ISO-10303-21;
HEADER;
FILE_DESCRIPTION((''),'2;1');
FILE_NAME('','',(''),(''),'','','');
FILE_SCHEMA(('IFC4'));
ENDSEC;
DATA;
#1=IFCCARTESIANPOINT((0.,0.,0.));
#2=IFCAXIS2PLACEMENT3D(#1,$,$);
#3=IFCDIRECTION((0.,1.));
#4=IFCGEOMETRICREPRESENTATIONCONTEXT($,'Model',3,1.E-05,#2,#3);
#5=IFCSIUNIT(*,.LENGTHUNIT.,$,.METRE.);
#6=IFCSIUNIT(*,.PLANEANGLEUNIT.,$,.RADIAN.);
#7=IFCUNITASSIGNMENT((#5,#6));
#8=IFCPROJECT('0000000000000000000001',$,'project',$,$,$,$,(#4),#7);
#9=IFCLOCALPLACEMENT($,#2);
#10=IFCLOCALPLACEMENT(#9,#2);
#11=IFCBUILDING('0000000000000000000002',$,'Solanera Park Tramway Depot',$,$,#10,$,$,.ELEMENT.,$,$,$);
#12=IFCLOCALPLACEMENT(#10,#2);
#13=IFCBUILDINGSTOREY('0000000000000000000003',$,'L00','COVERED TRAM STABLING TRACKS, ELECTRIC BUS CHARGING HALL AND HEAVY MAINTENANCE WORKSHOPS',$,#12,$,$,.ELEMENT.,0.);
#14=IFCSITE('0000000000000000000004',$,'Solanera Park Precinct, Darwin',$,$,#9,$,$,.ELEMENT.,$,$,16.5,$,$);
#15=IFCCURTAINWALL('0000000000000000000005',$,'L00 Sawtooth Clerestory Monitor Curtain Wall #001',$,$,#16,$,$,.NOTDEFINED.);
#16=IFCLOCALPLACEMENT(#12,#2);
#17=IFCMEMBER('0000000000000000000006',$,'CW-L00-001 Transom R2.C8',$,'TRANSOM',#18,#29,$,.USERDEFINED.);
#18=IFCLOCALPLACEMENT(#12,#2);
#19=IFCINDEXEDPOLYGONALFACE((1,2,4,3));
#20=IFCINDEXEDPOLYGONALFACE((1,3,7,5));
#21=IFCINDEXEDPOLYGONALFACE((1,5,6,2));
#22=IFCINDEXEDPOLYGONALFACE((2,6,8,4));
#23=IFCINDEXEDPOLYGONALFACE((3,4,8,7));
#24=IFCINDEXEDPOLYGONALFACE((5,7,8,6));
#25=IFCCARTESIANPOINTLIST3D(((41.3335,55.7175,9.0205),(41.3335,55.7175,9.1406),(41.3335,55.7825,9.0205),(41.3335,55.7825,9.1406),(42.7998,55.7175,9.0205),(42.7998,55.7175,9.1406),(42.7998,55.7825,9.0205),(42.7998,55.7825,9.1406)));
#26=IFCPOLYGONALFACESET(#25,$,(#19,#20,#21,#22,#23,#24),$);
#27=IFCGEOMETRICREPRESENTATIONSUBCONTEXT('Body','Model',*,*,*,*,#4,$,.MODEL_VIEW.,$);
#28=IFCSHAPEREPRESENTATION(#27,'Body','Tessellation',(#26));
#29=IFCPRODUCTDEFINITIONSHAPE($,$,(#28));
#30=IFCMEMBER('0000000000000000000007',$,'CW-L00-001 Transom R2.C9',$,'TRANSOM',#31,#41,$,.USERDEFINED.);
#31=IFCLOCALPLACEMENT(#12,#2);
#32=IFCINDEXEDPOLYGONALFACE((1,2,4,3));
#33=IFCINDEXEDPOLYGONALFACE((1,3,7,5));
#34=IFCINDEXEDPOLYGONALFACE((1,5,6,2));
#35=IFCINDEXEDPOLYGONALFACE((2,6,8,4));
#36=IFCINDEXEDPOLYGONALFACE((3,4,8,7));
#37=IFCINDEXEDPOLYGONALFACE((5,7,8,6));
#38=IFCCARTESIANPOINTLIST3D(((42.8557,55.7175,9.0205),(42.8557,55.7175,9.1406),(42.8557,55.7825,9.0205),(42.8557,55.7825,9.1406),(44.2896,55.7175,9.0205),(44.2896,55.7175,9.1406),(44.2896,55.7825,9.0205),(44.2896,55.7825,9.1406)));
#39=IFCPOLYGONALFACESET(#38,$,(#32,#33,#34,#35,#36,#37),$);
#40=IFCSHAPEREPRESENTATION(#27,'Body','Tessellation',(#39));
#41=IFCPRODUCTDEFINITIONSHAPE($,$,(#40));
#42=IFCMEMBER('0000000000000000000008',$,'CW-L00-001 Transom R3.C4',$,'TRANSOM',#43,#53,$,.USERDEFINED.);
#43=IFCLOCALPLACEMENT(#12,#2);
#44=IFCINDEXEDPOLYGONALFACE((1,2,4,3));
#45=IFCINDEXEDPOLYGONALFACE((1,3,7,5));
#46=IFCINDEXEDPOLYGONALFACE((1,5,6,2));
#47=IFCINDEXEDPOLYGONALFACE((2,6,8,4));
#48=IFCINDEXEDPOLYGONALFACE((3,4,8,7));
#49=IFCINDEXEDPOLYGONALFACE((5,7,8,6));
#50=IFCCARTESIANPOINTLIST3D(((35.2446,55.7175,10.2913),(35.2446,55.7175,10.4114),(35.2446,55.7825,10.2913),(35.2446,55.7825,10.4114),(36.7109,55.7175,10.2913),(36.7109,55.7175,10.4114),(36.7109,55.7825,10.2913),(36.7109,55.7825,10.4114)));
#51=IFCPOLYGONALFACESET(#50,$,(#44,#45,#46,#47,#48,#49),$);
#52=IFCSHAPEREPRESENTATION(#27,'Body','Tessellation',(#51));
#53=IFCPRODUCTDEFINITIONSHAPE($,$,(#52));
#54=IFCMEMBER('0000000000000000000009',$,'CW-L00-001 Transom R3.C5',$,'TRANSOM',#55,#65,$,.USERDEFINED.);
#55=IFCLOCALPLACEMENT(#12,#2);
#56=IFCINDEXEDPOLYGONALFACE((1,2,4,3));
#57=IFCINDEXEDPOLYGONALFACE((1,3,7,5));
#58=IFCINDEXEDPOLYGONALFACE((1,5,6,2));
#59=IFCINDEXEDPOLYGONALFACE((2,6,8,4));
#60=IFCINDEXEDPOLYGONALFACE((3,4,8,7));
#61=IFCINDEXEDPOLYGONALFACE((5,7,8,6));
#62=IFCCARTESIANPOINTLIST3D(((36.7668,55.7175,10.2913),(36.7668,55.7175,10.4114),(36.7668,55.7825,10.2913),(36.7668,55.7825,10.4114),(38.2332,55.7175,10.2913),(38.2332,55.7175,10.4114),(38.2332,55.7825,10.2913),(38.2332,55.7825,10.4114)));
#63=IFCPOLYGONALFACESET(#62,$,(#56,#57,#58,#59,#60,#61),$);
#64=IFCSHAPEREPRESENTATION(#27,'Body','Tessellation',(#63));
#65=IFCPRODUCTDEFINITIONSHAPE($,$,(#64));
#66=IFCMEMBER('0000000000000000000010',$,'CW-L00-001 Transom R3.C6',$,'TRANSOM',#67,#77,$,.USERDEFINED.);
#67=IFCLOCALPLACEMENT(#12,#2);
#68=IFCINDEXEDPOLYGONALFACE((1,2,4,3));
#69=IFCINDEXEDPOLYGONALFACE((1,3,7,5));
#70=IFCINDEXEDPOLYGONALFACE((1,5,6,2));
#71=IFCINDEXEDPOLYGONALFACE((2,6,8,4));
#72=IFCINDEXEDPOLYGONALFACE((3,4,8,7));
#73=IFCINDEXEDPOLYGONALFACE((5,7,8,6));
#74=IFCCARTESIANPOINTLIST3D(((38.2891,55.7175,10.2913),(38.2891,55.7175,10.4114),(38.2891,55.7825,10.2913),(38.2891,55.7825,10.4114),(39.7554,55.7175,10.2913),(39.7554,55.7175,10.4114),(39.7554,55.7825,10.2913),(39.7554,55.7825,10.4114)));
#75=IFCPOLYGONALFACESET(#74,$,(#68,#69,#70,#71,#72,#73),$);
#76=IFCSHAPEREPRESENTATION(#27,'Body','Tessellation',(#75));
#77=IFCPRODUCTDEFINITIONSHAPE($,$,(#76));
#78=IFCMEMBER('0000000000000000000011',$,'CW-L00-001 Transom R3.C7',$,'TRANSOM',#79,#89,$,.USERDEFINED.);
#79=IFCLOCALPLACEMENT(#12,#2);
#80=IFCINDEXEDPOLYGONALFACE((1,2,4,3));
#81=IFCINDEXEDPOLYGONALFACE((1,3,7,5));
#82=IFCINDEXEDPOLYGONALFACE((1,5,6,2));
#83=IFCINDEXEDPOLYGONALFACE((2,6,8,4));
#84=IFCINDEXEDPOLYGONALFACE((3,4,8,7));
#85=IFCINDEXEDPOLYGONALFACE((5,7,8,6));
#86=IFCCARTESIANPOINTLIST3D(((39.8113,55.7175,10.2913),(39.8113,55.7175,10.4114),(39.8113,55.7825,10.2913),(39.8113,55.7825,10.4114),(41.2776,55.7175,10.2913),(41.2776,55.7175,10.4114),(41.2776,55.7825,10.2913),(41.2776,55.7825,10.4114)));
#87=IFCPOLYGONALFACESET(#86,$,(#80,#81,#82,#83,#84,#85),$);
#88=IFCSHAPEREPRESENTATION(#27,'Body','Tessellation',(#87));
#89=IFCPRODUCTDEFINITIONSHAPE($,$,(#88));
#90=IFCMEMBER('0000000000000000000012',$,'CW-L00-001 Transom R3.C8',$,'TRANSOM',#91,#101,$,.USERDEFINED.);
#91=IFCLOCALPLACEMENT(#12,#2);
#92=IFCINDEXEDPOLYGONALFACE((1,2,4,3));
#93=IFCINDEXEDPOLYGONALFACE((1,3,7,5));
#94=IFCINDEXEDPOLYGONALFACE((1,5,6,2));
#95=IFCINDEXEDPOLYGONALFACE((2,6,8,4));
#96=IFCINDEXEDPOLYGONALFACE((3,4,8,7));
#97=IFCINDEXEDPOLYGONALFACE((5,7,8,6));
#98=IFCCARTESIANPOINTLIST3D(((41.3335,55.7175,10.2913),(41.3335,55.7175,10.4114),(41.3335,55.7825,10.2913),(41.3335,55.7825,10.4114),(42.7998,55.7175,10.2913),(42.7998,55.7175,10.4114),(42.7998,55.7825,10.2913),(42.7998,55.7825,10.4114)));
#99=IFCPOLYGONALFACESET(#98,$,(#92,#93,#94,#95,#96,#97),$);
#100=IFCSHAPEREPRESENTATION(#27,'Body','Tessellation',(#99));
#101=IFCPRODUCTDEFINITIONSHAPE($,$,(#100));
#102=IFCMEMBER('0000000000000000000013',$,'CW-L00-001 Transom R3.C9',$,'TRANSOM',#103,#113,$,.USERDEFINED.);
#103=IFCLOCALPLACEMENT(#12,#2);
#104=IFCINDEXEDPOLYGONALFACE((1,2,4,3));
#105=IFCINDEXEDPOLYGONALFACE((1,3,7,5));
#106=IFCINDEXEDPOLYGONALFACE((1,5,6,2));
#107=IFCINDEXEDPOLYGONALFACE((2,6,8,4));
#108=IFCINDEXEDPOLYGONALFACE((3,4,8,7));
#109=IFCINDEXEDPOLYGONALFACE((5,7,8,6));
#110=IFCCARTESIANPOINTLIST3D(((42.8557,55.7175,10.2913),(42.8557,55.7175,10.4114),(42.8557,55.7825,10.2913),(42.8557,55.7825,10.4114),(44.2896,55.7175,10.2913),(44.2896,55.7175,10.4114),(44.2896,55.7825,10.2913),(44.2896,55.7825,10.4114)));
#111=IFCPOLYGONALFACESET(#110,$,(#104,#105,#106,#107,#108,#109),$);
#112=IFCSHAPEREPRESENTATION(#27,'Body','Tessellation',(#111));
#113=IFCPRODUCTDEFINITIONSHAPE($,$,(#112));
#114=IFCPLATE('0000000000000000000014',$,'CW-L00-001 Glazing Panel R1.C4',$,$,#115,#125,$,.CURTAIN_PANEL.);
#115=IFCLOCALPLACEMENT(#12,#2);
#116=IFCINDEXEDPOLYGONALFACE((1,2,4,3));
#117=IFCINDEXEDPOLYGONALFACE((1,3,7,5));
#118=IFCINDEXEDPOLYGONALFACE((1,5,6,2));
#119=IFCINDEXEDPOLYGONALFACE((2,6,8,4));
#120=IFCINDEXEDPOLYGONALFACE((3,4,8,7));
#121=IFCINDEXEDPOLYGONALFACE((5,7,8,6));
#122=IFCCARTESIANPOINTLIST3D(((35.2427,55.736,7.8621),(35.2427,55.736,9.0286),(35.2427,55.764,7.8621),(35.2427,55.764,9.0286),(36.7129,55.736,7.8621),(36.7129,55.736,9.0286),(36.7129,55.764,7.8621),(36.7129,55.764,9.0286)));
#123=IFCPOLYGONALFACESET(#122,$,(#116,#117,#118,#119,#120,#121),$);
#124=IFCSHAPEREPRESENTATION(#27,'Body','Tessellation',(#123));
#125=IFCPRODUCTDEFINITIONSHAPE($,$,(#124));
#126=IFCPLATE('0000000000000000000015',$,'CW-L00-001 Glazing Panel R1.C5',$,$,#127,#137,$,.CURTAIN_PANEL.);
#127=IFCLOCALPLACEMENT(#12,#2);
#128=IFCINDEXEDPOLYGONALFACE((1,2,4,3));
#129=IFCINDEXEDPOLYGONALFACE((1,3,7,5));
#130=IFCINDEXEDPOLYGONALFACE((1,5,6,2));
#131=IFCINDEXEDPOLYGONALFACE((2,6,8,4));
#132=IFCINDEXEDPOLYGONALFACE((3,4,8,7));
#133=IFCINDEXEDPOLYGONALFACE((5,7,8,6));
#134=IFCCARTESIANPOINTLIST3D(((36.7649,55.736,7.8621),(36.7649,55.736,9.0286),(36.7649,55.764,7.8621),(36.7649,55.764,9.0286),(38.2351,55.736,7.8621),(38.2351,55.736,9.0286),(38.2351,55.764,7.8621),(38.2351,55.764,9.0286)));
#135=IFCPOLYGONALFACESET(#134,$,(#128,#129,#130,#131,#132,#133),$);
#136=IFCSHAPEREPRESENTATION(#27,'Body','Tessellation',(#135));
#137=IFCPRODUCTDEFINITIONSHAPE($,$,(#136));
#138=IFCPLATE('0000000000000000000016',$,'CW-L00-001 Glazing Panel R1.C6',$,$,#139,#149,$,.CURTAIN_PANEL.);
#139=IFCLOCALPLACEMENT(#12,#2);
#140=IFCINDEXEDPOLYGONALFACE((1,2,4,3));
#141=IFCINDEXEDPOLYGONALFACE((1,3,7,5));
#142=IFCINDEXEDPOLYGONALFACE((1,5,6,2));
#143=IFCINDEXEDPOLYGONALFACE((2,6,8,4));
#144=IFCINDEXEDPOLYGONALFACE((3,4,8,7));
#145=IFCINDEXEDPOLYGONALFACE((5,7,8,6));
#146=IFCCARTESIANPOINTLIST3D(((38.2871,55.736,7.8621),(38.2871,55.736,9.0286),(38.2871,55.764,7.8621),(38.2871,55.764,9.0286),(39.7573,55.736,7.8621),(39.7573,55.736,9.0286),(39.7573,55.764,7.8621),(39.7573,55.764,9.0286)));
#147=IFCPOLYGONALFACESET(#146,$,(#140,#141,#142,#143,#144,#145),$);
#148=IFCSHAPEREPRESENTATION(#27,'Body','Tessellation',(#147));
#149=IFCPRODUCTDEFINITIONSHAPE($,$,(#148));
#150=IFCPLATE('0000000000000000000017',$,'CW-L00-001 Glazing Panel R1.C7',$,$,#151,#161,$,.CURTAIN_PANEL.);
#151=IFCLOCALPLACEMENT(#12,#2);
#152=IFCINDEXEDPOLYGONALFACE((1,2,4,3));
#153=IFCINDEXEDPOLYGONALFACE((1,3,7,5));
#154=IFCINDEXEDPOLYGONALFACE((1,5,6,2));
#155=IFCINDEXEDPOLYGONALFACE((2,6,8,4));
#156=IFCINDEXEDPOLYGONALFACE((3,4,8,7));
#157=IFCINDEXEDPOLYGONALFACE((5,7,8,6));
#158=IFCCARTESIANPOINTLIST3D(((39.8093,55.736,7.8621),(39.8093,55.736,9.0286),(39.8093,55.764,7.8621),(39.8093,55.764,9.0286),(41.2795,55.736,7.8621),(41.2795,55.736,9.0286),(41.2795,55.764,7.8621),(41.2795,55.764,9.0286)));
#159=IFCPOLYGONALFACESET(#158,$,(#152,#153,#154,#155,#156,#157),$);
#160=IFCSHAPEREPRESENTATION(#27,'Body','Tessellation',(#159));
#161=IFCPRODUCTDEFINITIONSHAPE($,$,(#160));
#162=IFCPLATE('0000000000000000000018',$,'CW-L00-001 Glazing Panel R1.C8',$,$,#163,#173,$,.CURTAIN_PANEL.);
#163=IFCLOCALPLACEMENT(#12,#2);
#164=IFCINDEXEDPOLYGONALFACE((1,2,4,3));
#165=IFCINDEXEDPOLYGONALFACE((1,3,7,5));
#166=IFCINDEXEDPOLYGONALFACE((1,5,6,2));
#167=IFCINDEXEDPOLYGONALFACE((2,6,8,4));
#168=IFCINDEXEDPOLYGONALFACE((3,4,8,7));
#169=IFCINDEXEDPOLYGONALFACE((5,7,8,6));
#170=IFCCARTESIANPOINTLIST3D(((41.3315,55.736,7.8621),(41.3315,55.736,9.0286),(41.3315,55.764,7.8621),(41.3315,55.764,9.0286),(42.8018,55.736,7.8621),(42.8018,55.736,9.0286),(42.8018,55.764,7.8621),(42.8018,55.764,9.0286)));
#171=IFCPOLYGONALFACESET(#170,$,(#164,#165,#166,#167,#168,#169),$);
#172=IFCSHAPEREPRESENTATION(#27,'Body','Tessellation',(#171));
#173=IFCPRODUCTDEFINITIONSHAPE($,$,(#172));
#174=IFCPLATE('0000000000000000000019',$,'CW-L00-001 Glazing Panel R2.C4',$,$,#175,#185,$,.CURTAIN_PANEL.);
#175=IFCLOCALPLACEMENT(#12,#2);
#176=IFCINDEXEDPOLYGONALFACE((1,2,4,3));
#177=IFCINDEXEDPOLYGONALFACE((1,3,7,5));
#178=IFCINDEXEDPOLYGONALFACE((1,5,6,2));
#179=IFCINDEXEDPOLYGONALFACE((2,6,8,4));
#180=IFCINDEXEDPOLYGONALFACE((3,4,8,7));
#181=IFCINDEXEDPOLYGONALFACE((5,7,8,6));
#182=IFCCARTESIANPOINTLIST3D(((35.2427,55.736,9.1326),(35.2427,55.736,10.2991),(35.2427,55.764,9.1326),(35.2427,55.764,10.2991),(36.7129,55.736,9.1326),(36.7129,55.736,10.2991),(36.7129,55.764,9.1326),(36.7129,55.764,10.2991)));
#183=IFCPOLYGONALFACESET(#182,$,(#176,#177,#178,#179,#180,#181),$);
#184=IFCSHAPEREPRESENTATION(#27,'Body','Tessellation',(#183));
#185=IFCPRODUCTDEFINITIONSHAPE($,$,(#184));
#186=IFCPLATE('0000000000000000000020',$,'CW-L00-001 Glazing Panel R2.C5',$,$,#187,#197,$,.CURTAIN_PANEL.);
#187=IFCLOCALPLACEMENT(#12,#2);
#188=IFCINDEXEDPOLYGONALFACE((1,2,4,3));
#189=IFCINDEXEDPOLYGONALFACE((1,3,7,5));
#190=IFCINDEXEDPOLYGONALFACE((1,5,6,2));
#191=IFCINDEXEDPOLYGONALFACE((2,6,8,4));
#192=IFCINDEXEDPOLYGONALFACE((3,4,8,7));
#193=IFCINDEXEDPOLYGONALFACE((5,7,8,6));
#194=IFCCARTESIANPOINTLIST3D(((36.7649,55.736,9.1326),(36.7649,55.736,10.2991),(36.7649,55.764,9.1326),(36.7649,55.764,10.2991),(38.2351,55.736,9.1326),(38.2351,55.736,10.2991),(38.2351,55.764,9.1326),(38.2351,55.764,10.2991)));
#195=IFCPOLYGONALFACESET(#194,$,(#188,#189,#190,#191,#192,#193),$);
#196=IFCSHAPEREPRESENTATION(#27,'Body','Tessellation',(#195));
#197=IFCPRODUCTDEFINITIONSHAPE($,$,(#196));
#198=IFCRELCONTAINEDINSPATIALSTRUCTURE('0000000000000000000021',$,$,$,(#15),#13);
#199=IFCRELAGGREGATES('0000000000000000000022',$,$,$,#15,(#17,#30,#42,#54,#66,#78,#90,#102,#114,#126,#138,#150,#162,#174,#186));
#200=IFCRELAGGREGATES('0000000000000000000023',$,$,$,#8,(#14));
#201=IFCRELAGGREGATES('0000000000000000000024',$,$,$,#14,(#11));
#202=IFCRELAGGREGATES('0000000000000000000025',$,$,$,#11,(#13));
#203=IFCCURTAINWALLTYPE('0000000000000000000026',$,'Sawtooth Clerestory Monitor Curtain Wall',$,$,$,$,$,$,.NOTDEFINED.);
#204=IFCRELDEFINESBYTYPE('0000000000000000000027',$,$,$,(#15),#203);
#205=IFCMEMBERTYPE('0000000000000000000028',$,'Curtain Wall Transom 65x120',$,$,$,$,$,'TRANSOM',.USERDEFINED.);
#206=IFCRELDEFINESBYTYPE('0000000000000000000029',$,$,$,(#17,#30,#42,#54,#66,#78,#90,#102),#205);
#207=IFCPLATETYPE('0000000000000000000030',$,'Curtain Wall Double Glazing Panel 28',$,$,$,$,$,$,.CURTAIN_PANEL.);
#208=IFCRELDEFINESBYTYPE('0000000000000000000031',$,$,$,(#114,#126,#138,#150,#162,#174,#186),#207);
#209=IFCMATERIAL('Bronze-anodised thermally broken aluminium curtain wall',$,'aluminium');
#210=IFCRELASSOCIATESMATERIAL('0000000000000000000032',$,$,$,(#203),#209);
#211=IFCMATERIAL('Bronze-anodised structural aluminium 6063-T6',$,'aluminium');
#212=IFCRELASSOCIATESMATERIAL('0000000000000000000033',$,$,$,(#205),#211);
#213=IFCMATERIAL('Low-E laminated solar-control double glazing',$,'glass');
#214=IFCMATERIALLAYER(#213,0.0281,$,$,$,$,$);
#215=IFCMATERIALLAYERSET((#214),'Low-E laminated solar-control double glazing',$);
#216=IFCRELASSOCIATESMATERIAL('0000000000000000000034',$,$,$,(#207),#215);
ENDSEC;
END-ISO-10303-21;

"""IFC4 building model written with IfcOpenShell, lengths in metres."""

from ifc_helpers import new_model, si_unit, direction, frame, origin, origin_2d, place, context, subcontext, project, spatial, rectangle, extrude, material, layer, layer_set, material_profile, profile_set, type_object, element, aggregate, save


model = new_model("IFC4")

# Units and contexts
model_context = context("Model", 3, precision=1e-05, world=origin(), true_north=direction((0.0, 1.0)))
body_context = subcontext(model_context, "Body", "Model", "MODEL_VIEW")
ifc_project = project(units=[si_unit("LENGTHUNIT", "METRE"), si_unit("PLANEANGLEUNIT", "RADIAN")], contexts=[model_context])

# Site, building, storey
site_placement = place(None, origin())
site = spatial("IfcSite", under=ifc_project, at=site_placement, Name="Solanera Park Precinct, Darwin", CompositionType="ELEMENT", RefElevation=16.5)
building_placement = place(site_placement, origin())
building = spatial("IfcBuilding", under=site, at=building_placement, Name="Solanera Park Tramway Depot", CompositionType="ELEMENT")
storey_placement = place(building_placement, origin())
storey = spatial("IfcBuildingStorey", under=building, at=storey_placement, Name="L00", Description="COVERED TRAM STABLING TRACKS, ELECTRIC BUS CHARGING HALL AND HEAVY MAINTENANCE WORKSHOPS", CompositionType="ELEMENT", Elevation=0.0)

# Curtain wall, members, plates
ifc_material_1 = material(Name="Bronze-anodised thermally broken aluminium curtain wall", Category="aluminium")
curtain_wall_type = type_object("IfcCurtainWallType", Name="Sawtooth Clerestory Monitor Curtain Wall", PredefinedType="NOTDEFINED", material=ifc_material_1)
curtain_wall_placement = place(storey_placement, origin())
curtain_wall = element("IfcCurtainWall", 1, at=curtain_wall_placement, inside=storey, type_object=curtain_wall_type, Name="L00 Sawtooth Clerestory Monitor Curtain Wall #001", PredefinedType="NOTDEFINED")
ifc_material_2 = material(Name="Bronze-anodised structural aluminium 6063-T6", Category="aluminium")
ifc_material_profile_1 = material_profile(ifc_material_2, rectangle(XDim=0.0649, YDim=0.1201, at=origin_2d()), Name="Curtain Wall Transom 65x120")
ifc_profile_set_1 = profile_set([ifc_material_profile_1], Name="Bronze-anodised structural aluminium 6063-T6")
member_type_1 = type_object("IfcMemberType", Name="Curtain Wall Transom 65x120", ElementType="TRANSOM", PredefinedType="USERDEFINED", material=ifc_profile_set_1)
member_1_placement = place(storey_placement, frame((41.3335, 55.75, 9.0806), z_axis=(1.0, 0.0, 0.0), x_axis=(0.0, 1.0, 0.0)))
member_1 = element("IfcMember", 2, at=member_1_placement, type_object=member_type_1, Name="CW-L00-001 Transom R2.C8", ObjectType="TRANSOM", PredefinedType="USERDEFINED", context=body_context, shape_type="SweptSolid", body=[
    extrude(rectangle(XDim=0.0649, YDim=0.1201, at=origin_2d()), origin(), (0.0, 0.0, 1.0), 1.4663),
])
member_2_placement = place(storey_placement, frame((42.8557, 55.75, 9.0806), z_axis=(1.0, 0.0, 0.0), x_axis=(0.0, 1.0, 0.0)))
member_2 = element("IfcMember", 3, at=member_2_placement, type_object=member_type_1, Name="CW-L00-001 Transom R2.C9", ObjectType="TRANSOM", PredefinedType="USERDEFINED", context=body_context, shape_type="SweptSolid", body=[
    extrude(rectangle(XDim=0.0649, YDim=0.1201, at=origin_2d()), origin(), (0.0, 0.0, 1.0), 1.4338),
])
member_3_placement = place(storey_placement, frame((35.2446, 55.75, 10.3513), z_axis=(1.0, 0.0, 0.0), x_axis=(0.0, 1.0, 0.0)))
member_3 = element("IfcMember", 4, at=member_3_placement, type_object=member_type_1, Name="CW-L00-001 Transom R3.C4", ObjectType="TRANSOM", PredefinedType="USERDEFINED", context=body_context, shape_type="SweptSolid", body=[
    extrude(rectangle(XDim=0.0649, YDim=0.1201, at=origin_2d()), origin(), (0.0, 0.0, 1.0), 1.4663),
])
member_4_placement = place(storey_placement, frame((36.7668, 55.75, 10.3513), z_axis=(1.0, 0.0, 0.0), x_axis=(0.0, 1.0, 0.0)))
member_4 = element("IfcMember", 5, at=member_4_placement, type_object=member_type_1, Name="CW-L00-001 Transom R3.C5", ObjectType="TRANSOM", PredefinedType="USERDEFINED", context=body_context, shape_type="SweptSolid", body=[
    extrude(rectangle(XDim=0.0649, YDim=0.1201, at=origin_2d()), origin(), (0.0, 0.0, 1.0), 1.4663),
])
member_5_placement = place(storey_placement, frame((38.2891, 55.75, 10.3513), z_axis=(1.0, 0.0, 0.0), x_axis=(0.0, 1.0, 0.0)))
member_5 = element("IfcMember", 6, at=member_5_placement, type_object=member_type_1, Name="CW-L00-001 Transom R3.C6", ObjectType="TRANSOM", PredefinedType="USERDEFINED", context=body_context, shape_type="SweptSolid", body=[
    extrude(rectangle(XDim=0.0649, YDim=0.1201, at=origin_2d()), origin(), (0.0, 0.0, 1.0), 1.4663),
])
member_6_placement = place(storey_placement, frame((39.8113, 55.75, 10.3513), z_axis=(1.0, 0.0, 0.0), x_axis=(0.0, 1.0, 0.0)))
member_6 = element("IfcMember", 7, at=member_6_placement, type_object=member_type_1, Name="CW-L00-001 Transom R3.C7", ObjectType="TRANSOM", PredefinedType="USERDEFINED", context=body_context, shape_type="SweptSolid", body=[
    extrude(rectangle(XDim=0.0649, YDim=0.1201, at=origin_2d()), origin(), (0.0, 0.0, 1.0), 1.4663),
])
member_7_placement = place(storey_placement, frame((41.3335, 55.75, 10.3513), z_axis=(1.0, 0.0, 0.0), x_axis=(0.0, 1.0, 0.0)))
member_7 = element("IfcMember", 8, at=member_7_placement, type_object=member_type_1, Name="CW-L00-001 Transom R3.C8", ObjectType="TRANSOM", PredefinedType="USERDEFINED", context=body_context, shape_type="SweptSolid", body=[
    extrude(rectangle(XDim=0.0649, YDim=0.1201, at=origin_2d()), origin(), (0.0, 0.0, 1.0), 1.4663),
])
member_8_placement = place(storey_placement, frame((42.8557, 55.75, 10.3513), z_axis=(1.0, 0.0, 0.0), x_axis=(0.0, 1.0, 0.0)))
member_8 = element("IfcMember", 9, at=member_8_placement, type_object=member_type_1, Name="CW-L00-001 Transom R3.C9", ObjectType="TRANSOM", PredefinedType="USERDEFINED", context=body_context, shape_type="SweptSolid", body=[
    extrude(rectangle(XDim=0.0649, YDim=0.1201, at=origin_2d()), origin(), (0.0, 0.0, 1.0), 1.4338),
])
ifc_material_3 = material(Name="Low-E laminated solar-control double glazing", Category="glass")
ifc_layer = layer(ifc_material_3, 0.0281)
ifc_layer_set = layer_set([ifc_layer], Name="Low-E laminated solar-control double glazing")
plate_type = type_object("IfcPlateType", Name="Curtain Wall Double Glazing Panel 28", PredefinedType="CURTAIN_PANEL", material=ifc_layer_set)
plate_1_placement = place(storey_placement, frame((35.9778, 55.75, 7.8621), z_axis=(0.0, 0.0, 1.0), x_axis=(1.0, 0.0, 0.0)))
plate_1 = element("IfcPlate", 10, at=plate_1_placement, type_object=plate_type, Name="CW-L00-001 Glazing Panel R1.C4", PredefinedType="CURTAIN_PANEL", context=body_context, shape_type="SweptSolid", body=[
    extrude(rectangle(XDim=1.4702, YDim=0.0281, at=origin_2d()), origin(), (0.0, 0.0, 1.0), 1.1665),
])
plate_2_placement = place(storey_placement, frame((37.5, 55.75, 7.8621), z_axis=(0.0, 0.0, 1.0), x_axis=(1.0, 0.0, 0.0)))
plate_2 = element("IfcPlate", 11, at=plate_2_placement, type_object=plate_type, Name="CW-L00-001 Glazing Panel R1.C5", PredefinedType="CURTAIN_PANEL", context=body_context, shape_type="SweptSolid", body=[
    extrude(rectangle(XDim=1.4702, YDim=0.0281, at=origin_2d()), origin(), (0.0, 0.0, 1.0), 1.1665),
])
plate_3_placement = place(storey_placement, frame((39.0222, 55.75, 7.8621), z_axis=(0.0, 0.0, 1.0), x_axis=(1.0, 0.0, 0.0)))
plate_3 = element("IfcPlate", 12, at=plate_3_placement, type_object=plate_type, Name="CW-L00-001 Glazing Panel R1.C6", PredefinedType="CURTAIN_PANEL", context=body_context, shape_type="SweptSolid", body=[
    extrude(rectangle(XDim=1.4702, YDim=0.0281, at=origin_2d()), origin(), (0.0, 0.0, 1.0), 1.1665),
])
plate_4_placement = place(storey_placement, frame((40.5444, 55.75, 7.8621), z_axis=(0.0, 0.0, 1.0), x_axis=(1.0, 0.0, 0.0)))
plate_4 = element("IfcPlate", 13, at=plate_4_placement, type_object=plate_type, Name="CW-L00-001 Glazing Panel R1.C7", PredefinedType="CURTAIN_PANEL", context=body_context, shape_type="SweptSolid", body=[
    extrude(rectangle(XDim=1.4702, YDim=0.0281, at=origin_2d()), origin(), (0.0, 0.0, 1.0), 1.1665),
])
plate_5_placement = place(storey_placement, frame((42.0667, 55.75, 7.8621), z_axis=(0.0, 0.0, 1.0), x_axis=(1.0, 0.0, 0.0)))
plate_5 = element("IfcPlate", 14, at=plate_5_placement, type_object=plate_type, Name="CW-L00-001 Glazing Panel R1.C8", PredefinedType="CURTAIN_PANEL", context=body_context, shape_type="SweptSolid", body=[
    extrude(rectangle(XDim=1.4702, YDim=0.0281, at=origin_2d()), origin(), (0.0, 0.0, 1.0), 1.1665),
])
plate_6_placement = place(storey_placement, frame((35.9778, 55.75, 9.1326), z_axis=(0.0, 0.0, 1.0), x_axis=(1.0, 0.0, 0.0)))
plate_6 = element("IfcPlate", 15, at=plate_6_placement, type_object=plate_type, Name="CW-L00-001 Glazing Panel R2.C4", PredefinedType="CURTAIN_PANEL", context=body_context, shape_type="SweptSolid", body=[
    extrude(rectangle(XDim=1.4702, YDim=0.0281, at=origin_2d()), origin(), (0.0, 0.0, 1.0), 1.1665),
])
plate_7_placement = place(storey_placement, frame((37.5, 55.75, 9.1326), z_axis=(0.0, 0.0, 1.0), x_axis=(1.0, 0.0, 0.0)))
plate_7 = element("IfcPlate", 16, at=plate_7_placement, type_object=plate_type, Name="CW-L00-001 Glazing Panel R2.C5", PredefinedType="CURTAIN_PANEL", context=body_context, shape_type="SweptSolid", body=[
    extrude(rectangle(XDim=1.4702, YDim=0.0281, at=origin_2d()), origin(), (0.0, 0.0, 1.0), 1.1665),
])
aggregate(curtain_wall, [member_1, member_2, member_3, member_4, member_5, member_6, member_7, member_8, plate_1, plate_2, plate_3, plate_4, plate_5, plate_6, plate_7])

save(model, "model.ifc")
